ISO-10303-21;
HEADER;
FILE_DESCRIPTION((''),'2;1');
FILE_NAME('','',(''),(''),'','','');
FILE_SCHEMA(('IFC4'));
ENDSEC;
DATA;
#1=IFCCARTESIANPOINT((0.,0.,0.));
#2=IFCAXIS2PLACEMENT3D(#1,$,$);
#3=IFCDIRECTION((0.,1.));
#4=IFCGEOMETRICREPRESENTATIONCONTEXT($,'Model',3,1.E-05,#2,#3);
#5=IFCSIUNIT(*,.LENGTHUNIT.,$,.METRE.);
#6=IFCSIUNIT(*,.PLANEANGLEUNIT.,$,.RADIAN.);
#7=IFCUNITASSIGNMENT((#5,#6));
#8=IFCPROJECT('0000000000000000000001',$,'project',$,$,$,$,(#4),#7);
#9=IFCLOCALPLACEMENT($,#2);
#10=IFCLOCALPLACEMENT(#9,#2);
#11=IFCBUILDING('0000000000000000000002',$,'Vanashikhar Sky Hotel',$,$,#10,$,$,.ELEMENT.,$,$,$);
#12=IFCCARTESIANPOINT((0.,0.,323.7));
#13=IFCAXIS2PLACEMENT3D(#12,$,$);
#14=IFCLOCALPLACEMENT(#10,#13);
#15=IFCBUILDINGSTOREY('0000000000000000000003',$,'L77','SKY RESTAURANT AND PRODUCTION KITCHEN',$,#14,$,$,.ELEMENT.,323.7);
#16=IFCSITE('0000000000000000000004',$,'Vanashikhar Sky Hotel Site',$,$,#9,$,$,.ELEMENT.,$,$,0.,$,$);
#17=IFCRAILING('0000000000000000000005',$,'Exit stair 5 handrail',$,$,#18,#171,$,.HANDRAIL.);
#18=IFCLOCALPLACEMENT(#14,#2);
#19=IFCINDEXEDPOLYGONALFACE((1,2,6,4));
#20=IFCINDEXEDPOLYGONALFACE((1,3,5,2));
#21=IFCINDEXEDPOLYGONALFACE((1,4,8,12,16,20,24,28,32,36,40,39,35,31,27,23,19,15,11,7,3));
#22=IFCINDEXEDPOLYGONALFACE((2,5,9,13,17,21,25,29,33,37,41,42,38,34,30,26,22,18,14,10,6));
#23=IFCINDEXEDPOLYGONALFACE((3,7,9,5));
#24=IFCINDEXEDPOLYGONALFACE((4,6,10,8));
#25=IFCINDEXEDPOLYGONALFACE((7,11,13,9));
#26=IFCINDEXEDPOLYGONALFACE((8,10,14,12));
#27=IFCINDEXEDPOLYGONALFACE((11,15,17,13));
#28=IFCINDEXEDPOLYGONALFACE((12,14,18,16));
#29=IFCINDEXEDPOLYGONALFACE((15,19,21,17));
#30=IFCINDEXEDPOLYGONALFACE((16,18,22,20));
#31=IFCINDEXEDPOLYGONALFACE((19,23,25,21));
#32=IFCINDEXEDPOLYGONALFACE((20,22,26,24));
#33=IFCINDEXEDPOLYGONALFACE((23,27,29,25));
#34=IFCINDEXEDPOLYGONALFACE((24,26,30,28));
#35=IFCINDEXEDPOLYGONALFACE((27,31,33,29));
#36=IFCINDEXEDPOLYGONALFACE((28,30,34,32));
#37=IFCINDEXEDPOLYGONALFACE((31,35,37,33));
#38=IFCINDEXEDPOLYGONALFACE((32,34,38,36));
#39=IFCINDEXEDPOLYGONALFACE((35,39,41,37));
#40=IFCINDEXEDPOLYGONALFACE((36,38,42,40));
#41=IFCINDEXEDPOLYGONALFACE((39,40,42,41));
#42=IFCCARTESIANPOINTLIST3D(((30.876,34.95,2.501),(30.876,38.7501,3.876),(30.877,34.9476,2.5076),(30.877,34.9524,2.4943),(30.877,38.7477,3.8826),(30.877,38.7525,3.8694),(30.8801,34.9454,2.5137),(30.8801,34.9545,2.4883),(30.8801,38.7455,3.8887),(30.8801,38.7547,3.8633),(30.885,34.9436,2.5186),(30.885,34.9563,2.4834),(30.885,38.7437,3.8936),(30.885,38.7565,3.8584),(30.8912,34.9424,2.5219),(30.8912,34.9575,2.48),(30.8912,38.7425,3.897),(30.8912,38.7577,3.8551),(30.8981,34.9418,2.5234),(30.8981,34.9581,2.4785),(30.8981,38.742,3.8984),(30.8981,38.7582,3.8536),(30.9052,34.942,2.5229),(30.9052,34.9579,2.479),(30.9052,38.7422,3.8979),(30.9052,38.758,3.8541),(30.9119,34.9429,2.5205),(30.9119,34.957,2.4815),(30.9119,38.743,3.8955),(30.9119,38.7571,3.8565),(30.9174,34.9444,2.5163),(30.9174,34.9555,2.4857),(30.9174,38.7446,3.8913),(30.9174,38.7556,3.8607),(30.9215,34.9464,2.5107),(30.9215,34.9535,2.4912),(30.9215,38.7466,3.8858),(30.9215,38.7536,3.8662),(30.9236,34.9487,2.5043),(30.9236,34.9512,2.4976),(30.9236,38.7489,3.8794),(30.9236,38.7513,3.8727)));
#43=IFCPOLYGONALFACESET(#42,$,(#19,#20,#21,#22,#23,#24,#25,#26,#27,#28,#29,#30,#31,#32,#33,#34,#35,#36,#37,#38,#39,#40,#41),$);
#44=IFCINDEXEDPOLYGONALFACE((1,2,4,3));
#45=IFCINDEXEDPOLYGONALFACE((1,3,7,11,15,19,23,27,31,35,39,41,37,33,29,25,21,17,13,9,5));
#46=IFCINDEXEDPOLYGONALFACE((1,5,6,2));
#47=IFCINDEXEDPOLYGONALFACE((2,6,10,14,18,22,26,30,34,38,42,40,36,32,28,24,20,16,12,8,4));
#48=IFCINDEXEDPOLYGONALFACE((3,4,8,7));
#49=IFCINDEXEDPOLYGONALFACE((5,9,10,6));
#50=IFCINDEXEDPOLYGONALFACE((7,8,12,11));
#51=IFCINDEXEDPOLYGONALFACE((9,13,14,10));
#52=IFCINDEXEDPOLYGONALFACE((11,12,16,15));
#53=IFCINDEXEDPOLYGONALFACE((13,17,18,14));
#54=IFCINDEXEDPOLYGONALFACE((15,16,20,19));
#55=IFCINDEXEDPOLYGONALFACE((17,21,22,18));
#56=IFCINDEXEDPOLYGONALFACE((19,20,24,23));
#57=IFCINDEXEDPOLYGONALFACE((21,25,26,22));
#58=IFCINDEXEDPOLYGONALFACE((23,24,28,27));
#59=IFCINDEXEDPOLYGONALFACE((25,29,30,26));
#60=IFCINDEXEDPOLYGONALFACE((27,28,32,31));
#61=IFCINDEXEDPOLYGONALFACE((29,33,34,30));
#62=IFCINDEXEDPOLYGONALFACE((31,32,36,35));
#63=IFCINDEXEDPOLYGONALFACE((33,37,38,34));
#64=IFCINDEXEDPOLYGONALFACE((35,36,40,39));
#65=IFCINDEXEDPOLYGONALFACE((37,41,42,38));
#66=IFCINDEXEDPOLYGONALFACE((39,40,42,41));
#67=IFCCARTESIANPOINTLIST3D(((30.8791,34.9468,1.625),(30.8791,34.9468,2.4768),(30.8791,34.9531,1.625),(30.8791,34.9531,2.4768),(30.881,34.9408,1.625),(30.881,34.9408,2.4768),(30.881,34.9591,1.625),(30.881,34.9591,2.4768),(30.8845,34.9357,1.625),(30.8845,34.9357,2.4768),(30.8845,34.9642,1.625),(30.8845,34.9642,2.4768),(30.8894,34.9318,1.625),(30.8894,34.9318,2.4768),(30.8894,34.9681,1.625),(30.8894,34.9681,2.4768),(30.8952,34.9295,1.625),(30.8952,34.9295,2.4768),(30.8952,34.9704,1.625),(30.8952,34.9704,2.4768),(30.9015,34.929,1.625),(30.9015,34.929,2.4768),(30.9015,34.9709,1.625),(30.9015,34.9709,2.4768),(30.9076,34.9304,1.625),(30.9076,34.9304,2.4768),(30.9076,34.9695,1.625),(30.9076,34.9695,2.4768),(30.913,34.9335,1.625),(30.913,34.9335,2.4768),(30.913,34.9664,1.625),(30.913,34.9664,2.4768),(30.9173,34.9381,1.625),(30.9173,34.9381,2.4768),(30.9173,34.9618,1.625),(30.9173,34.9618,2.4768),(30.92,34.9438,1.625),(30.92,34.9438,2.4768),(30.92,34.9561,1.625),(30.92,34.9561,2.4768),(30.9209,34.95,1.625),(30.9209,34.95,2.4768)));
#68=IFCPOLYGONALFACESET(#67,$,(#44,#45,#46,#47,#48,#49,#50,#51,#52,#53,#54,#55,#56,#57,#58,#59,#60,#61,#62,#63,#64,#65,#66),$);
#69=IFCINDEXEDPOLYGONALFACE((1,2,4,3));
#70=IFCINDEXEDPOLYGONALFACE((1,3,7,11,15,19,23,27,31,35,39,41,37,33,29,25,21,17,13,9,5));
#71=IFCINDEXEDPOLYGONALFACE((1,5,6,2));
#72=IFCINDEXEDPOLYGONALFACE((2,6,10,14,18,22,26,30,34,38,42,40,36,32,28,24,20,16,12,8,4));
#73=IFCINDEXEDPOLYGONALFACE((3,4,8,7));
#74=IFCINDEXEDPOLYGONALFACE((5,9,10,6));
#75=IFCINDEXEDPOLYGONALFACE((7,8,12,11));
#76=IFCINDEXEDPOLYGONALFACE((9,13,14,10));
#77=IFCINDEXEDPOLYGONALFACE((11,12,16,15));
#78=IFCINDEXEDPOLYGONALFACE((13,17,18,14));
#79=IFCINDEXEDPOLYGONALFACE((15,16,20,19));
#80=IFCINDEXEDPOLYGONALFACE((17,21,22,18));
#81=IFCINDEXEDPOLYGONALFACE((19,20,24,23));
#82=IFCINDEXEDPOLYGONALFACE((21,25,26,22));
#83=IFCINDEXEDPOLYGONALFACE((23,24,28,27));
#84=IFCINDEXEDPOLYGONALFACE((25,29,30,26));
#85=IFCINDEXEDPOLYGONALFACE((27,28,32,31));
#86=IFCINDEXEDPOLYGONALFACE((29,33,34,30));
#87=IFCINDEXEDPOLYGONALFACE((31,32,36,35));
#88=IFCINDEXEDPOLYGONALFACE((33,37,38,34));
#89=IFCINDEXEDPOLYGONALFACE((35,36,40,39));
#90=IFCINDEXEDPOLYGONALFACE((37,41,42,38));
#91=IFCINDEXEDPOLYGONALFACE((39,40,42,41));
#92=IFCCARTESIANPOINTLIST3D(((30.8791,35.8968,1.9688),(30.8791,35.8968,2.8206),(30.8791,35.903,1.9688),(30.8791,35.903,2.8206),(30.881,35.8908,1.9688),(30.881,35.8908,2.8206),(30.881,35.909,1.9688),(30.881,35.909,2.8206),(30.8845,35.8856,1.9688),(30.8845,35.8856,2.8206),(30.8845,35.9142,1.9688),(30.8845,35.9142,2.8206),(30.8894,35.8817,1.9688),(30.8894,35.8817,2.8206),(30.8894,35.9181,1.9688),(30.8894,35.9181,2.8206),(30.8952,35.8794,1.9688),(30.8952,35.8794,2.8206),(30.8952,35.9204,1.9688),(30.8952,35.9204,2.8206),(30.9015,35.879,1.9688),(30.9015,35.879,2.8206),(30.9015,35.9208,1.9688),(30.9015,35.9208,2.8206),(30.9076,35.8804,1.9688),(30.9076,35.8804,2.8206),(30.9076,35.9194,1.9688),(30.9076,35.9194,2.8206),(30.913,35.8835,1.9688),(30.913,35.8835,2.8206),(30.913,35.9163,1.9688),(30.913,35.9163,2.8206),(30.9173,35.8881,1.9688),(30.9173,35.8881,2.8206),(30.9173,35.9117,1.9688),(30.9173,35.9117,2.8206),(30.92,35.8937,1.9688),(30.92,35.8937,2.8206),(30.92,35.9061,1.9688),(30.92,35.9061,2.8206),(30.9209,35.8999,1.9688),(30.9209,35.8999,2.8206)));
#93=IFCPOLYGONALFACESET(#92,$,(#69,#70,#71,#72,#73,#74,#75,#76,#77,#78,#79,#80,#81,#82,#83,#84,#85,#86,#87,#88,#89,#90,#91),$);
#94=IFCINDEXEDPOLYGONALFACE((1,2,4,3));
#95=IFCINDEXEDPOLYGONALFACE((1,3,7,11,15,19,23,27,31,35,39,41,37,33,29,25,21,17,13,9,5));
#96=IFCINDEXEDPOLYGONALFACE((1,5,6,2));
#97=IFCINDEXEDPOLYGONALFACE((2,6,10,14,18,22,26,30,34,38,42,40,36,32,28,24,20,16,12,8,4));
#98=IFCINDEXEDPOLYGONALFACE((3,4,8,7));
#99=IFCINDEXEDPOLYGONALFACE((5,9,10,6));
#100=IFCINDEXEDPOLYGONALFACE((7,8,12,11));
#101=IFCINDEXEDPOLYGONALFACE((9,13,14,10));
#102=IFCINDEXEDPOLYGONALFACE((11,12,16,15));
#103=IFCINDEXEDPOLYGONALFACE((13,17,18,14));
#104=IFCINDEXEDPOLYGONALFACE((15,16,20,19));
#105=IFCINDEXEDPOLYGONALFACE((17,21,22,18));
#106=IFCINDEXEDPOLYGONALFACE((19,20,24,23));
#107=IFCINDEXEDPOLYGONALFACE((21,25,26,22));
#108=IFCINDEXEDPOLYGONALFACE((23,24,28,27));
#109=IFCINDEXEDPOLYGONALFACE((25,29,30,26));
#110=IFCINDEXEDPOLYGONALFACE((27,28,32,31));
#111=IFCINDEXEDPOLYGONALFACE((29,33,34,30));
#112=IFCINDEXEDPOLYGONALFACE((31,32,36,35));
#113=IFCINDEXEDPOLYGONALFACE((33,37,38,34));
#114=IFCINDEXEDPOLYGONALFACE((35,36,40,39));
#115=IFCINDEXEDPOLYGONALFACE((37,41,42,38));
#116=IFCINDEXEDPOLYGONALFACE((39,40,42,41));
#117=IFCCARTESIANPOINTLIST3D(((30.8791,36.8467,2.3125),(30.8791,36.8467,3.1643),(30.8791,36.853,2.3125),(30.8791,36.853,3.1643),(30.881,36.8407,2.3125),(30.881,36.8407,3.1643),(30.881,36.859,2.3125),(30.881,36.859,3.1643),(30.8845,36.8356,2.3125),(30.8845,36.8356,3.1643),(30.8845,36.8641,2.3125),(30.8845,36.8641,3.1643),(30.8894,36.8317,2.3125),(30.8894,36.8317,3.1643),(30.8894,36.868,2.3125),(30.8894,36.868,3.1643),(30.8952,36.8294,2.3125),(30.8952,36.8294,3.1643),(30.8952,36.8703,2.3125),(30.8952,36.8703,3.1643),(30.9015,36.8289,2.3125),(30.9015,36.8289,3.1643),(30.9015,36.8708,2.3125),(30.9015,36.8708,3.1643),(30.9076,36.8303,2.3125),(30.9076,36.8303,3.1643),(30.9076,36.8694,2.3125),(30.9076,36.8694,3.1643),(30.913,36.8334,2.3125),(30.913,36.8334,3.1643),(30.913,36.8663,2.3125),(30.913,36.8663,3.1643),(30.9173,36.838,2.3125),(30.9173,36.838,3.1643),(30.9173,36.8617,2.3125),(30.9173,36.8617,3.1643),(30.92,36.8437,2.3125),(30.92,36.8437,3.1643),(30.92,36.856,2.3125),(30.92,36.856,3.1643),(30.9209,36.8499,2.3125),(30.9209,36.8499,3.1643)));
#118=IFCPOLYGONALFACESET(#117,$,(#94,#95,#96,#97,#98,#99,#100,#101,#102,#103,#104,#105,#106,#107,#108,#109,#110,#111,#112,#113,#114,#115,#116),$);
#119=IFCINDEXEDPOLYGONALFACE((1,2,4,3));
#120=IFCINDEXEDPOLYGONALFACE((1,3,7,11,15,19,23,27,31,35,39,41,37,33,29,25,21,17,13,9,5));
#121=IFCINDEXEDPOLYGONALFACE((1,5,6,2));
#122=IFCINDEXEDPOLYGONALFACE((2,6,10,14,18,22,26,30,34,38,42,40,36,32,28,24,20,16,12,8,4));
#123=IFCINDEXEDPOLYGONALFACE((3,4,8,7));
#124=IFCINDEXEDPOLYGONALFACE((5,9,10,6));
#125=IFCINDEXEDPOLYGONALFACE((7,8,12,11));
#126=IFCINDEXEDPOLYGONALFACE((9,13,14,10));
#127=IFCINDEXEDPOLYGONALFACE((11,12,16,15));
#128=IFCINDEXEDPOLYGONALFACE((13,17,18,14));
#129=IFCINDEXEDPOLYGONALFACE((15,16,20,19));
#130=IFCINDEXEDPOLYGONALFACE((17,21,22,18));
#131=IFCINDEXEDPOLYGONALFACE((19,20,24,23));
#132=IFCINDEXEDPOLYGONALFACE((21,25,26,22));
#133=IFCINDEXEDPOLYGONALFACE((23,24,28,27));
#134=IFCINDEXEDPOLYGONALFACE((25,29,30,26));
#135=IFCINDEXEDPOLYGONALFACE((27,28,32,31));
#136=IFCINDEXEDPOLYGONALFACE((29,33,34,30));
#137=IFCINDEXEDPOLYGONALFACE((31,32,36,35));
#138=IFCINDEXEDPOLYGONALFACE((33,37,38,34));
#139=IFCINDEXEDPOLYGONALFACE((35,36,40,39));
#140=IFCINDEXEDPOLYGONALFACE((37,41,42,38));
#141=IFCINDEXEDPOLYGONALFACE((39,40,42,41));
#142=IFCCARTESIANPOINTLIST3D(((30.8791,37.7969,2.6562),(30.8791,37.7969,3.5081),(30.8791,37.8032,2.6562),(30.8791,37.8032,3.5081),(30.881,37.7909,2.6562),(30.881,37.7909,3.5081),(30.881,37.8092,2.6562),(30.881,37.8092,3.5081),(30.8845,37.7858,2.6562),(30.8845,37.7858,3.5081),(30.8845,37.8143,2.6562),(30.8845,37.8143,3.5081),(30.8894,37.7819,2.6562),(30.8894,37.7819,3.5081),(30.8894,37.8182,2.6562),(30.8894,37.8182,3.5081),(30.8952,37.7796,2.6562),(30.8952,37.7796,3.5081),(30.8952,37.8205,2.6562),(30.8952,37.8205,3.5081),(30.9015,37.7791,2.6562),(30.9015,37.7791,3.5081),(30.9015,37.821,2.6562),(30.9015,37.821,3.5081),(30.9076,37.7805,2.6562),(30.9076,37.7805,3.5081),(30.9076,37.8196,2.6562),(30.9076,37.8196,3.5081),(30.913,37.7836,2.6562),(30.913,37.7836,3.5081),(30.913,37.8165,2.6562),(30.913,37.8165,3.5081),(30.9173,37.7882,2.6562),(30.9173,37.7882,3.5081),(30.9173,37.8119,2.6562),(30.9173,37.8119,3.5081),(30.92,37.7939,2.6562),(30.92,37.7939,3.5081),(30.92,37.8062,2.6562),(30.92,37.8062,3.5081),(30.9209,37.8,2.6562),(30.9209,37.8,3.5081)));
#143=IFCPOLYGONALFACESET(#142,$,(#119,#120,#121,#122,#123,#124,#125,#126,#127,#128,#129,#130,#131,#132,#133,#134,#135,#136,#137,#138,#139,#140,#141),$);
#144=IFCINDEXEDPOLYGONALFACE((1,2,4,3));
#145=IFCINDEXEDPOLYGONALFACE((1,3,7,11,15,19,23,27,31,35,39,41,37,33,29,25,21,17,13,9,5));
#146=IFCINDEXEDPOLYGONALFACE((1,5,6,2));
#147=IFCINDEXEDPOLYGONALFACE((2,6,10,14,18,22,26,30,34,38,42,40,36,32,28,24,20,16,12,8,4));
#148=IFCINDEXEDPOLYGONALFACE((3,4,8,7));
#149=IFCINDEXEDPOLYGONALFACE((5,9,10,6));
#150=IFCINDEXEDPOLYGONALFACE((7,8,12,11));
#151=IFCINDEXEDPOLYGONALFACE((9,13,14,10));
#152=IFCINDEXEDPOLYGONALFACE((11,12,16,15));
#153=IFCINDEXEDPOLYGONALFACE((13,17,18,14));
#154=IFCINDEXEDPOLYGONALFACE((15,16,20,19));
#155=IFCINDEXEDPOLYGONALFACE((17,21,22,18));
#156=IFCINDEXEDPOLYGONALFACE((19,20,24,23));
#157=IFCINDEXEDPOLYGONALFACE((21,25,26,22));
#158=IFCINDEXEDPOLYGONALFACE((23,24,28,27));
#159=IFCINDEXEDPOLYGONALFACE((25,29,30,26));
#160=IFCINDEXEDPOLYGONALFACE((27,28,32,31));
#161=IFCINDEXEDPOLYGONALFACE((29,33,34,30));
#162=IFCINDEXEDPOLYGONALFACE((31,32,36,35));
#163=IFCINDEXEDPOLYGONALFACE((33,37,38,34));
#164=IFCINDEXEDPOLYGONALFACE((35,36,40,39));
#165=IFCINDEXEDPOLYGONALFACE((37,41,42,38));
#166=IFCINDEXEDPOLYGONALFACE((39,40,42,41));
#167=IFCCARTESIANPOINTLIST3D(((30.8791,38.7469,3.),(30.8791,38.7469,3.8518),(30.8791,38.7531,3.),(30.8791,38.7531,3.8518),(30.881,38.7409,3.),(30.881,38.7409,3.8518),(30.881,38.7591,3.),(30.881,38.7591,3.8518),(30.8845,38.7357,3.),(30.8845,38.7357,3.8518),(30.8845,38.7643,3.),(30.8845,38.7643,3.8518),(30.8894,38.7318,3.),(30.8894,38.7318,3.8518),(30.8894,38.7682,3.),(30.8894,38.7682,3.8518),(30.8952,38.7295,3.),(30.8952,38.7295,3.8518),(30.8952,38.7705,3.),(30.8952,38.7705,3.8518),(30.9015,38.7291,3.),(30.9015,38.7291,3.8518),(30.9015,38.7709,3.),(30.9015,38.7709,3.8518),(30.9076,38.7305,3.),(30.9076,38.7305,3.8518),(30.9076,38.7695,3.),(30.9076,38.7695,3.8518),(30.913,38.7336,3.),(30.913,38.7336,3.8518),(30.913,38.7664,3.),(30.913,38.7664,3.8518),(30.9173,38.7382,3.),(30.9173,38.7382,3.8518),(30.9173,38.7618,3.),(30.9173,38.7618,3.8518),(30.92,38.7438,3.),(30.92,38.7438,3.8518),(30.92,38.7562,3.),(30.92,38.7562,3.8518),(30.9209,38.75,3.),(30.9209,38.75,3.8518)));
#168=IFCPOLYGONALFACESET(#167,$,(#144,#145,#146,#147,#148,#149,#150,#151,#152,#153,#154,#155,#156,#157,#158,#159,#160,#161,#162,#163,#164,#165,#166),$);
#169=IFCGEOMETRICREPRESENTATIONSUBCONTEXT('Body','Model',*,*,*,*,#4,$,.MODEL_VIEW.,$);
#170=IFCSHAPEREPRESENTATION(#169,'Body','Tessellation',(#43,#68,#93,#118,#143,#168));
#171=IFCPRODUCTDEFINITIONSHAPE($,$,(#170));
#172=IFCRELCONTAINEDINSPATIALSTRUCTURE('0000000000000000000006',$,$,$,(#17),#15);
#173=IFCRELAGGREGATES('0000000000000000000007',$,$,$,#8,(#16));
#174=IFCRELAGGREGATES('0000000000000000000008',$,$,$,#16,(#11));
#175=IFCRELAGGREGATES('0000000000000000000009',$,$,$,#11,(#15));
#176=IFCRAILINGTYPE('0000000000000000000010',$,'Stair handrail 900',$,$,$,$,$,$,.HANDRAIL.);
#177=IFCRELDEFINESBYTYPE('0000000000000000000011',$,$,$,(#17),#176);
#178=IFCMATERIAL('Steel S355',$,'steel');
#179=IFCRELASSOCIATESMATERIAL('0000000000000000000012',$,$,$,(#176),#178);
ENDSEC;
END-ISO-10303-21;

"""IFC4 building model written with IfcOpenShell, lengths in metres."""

from ifc_helpers import new_model, si_unit, direction, frame, origin, origin_2d, place, context, subcontext, project, spatial, circle, extrude, source, transform, mapped, material, type_object, element, save


model = new_model("IFC4")

# Units and contexts
model_context = context("Model", 3, precision=1e-05, world=origin(), true_north=direction((0.0, 1.0)))
body_context = subcontext(model_context, "Body", "Model", "MODEL_VIEW")
ifc_project = project(units=[si_unit("LENGTHUNIT", "METRE"), si_unit("PLANEANGLEUNIT", "RADIAN")], contexts=[model_context])

# Site, building, storey
site_placement = place(None, origin())
site = spatial("IfcSite", under=ifc_project, at=site_placement, Name="Vanashikhar Sky Hotel Site", CompositionType="ELEMENT", RefElevation=0.0)
building_placement = place(site_placement, origin())
building = spatial("IfcBuilding", under=site, at=building_placement, Name="Vanashikhar Sky Hotel", CompositionType="ELEMENT")
storey_placement = place(building_placement, frame((0.0, 0.0, 323.7)))
storey = spatial("IfcBuildingStorey", under=building, at=storey_placement, Name="L77", Description="SKY RESTAURANT AND PRODUCTION KITCHEN", CompositionType="ELEMENT", Elevation=323.7)

# Railing
ifc_material_1 = material(Name="Steel S355", Category="steel")
railing_type_1 = type_object("IfcRailingType", Name="Stair handrail 900", PredefinedType="HANDRAIL", material=ifc_material_1)
shared_shape_1 = source(origin(), body_context, "Body", "SweptSolid", [
    extrude(circle(Radius=0.0239, at=origin_2d()), frame((0.0, 0.0, 0.876), z_axis=(0.0, 0.940336, 0.340249), x_axis=(-1.0, 0.0, 0.0)), (0.0, 0.0, 1.0), 4.0413),
    extrude(circle(Radius=0.021, at=origin_2d()), origin(), (0.0, 0.0, 1.0), 0.8518),
    extrude(circle(Radius=0.021, at=origin_2d()), frame((0.0, 0.95, 0.3438)), (0.0, 0.0, 1.0), 0.8518),
    extrude(circle(Radius=0.021, at=origin_2d()), frame((0.0, 1.8999, 0.6875)), (0.0, 0.0, 1.0), 0.8518),
    extrude(circle(Radius=0.021, at=origin_2d()), frame((0.0, 2.8501, 1.0312)), (0.0, 0.0, 1.0), 0.8518),
    extrude(circle(Radius=0.021, at=origin_2d()), frame((0.0, 3.8, 1.375)), (0.0, 0.0, 1.0), 0.8518),
])
for number, where, name in (
    (1, (30.8999, 34.95, 1.625), "Exit stair 5 handrail"),
):
    element("IfcRailing", number, at=place(storey_placement, frame(where)), inside=storey, type_object=railing_type_1, Name=name, PredefinedType="HANDRAIL", context=body_context, shape_type="MappedRepresentation", body=[
        mapped(shared_shape_1, transform((0.0, 0.0, 0.0), scale=1.0)),
    ])

save(model, "model.ifc")
